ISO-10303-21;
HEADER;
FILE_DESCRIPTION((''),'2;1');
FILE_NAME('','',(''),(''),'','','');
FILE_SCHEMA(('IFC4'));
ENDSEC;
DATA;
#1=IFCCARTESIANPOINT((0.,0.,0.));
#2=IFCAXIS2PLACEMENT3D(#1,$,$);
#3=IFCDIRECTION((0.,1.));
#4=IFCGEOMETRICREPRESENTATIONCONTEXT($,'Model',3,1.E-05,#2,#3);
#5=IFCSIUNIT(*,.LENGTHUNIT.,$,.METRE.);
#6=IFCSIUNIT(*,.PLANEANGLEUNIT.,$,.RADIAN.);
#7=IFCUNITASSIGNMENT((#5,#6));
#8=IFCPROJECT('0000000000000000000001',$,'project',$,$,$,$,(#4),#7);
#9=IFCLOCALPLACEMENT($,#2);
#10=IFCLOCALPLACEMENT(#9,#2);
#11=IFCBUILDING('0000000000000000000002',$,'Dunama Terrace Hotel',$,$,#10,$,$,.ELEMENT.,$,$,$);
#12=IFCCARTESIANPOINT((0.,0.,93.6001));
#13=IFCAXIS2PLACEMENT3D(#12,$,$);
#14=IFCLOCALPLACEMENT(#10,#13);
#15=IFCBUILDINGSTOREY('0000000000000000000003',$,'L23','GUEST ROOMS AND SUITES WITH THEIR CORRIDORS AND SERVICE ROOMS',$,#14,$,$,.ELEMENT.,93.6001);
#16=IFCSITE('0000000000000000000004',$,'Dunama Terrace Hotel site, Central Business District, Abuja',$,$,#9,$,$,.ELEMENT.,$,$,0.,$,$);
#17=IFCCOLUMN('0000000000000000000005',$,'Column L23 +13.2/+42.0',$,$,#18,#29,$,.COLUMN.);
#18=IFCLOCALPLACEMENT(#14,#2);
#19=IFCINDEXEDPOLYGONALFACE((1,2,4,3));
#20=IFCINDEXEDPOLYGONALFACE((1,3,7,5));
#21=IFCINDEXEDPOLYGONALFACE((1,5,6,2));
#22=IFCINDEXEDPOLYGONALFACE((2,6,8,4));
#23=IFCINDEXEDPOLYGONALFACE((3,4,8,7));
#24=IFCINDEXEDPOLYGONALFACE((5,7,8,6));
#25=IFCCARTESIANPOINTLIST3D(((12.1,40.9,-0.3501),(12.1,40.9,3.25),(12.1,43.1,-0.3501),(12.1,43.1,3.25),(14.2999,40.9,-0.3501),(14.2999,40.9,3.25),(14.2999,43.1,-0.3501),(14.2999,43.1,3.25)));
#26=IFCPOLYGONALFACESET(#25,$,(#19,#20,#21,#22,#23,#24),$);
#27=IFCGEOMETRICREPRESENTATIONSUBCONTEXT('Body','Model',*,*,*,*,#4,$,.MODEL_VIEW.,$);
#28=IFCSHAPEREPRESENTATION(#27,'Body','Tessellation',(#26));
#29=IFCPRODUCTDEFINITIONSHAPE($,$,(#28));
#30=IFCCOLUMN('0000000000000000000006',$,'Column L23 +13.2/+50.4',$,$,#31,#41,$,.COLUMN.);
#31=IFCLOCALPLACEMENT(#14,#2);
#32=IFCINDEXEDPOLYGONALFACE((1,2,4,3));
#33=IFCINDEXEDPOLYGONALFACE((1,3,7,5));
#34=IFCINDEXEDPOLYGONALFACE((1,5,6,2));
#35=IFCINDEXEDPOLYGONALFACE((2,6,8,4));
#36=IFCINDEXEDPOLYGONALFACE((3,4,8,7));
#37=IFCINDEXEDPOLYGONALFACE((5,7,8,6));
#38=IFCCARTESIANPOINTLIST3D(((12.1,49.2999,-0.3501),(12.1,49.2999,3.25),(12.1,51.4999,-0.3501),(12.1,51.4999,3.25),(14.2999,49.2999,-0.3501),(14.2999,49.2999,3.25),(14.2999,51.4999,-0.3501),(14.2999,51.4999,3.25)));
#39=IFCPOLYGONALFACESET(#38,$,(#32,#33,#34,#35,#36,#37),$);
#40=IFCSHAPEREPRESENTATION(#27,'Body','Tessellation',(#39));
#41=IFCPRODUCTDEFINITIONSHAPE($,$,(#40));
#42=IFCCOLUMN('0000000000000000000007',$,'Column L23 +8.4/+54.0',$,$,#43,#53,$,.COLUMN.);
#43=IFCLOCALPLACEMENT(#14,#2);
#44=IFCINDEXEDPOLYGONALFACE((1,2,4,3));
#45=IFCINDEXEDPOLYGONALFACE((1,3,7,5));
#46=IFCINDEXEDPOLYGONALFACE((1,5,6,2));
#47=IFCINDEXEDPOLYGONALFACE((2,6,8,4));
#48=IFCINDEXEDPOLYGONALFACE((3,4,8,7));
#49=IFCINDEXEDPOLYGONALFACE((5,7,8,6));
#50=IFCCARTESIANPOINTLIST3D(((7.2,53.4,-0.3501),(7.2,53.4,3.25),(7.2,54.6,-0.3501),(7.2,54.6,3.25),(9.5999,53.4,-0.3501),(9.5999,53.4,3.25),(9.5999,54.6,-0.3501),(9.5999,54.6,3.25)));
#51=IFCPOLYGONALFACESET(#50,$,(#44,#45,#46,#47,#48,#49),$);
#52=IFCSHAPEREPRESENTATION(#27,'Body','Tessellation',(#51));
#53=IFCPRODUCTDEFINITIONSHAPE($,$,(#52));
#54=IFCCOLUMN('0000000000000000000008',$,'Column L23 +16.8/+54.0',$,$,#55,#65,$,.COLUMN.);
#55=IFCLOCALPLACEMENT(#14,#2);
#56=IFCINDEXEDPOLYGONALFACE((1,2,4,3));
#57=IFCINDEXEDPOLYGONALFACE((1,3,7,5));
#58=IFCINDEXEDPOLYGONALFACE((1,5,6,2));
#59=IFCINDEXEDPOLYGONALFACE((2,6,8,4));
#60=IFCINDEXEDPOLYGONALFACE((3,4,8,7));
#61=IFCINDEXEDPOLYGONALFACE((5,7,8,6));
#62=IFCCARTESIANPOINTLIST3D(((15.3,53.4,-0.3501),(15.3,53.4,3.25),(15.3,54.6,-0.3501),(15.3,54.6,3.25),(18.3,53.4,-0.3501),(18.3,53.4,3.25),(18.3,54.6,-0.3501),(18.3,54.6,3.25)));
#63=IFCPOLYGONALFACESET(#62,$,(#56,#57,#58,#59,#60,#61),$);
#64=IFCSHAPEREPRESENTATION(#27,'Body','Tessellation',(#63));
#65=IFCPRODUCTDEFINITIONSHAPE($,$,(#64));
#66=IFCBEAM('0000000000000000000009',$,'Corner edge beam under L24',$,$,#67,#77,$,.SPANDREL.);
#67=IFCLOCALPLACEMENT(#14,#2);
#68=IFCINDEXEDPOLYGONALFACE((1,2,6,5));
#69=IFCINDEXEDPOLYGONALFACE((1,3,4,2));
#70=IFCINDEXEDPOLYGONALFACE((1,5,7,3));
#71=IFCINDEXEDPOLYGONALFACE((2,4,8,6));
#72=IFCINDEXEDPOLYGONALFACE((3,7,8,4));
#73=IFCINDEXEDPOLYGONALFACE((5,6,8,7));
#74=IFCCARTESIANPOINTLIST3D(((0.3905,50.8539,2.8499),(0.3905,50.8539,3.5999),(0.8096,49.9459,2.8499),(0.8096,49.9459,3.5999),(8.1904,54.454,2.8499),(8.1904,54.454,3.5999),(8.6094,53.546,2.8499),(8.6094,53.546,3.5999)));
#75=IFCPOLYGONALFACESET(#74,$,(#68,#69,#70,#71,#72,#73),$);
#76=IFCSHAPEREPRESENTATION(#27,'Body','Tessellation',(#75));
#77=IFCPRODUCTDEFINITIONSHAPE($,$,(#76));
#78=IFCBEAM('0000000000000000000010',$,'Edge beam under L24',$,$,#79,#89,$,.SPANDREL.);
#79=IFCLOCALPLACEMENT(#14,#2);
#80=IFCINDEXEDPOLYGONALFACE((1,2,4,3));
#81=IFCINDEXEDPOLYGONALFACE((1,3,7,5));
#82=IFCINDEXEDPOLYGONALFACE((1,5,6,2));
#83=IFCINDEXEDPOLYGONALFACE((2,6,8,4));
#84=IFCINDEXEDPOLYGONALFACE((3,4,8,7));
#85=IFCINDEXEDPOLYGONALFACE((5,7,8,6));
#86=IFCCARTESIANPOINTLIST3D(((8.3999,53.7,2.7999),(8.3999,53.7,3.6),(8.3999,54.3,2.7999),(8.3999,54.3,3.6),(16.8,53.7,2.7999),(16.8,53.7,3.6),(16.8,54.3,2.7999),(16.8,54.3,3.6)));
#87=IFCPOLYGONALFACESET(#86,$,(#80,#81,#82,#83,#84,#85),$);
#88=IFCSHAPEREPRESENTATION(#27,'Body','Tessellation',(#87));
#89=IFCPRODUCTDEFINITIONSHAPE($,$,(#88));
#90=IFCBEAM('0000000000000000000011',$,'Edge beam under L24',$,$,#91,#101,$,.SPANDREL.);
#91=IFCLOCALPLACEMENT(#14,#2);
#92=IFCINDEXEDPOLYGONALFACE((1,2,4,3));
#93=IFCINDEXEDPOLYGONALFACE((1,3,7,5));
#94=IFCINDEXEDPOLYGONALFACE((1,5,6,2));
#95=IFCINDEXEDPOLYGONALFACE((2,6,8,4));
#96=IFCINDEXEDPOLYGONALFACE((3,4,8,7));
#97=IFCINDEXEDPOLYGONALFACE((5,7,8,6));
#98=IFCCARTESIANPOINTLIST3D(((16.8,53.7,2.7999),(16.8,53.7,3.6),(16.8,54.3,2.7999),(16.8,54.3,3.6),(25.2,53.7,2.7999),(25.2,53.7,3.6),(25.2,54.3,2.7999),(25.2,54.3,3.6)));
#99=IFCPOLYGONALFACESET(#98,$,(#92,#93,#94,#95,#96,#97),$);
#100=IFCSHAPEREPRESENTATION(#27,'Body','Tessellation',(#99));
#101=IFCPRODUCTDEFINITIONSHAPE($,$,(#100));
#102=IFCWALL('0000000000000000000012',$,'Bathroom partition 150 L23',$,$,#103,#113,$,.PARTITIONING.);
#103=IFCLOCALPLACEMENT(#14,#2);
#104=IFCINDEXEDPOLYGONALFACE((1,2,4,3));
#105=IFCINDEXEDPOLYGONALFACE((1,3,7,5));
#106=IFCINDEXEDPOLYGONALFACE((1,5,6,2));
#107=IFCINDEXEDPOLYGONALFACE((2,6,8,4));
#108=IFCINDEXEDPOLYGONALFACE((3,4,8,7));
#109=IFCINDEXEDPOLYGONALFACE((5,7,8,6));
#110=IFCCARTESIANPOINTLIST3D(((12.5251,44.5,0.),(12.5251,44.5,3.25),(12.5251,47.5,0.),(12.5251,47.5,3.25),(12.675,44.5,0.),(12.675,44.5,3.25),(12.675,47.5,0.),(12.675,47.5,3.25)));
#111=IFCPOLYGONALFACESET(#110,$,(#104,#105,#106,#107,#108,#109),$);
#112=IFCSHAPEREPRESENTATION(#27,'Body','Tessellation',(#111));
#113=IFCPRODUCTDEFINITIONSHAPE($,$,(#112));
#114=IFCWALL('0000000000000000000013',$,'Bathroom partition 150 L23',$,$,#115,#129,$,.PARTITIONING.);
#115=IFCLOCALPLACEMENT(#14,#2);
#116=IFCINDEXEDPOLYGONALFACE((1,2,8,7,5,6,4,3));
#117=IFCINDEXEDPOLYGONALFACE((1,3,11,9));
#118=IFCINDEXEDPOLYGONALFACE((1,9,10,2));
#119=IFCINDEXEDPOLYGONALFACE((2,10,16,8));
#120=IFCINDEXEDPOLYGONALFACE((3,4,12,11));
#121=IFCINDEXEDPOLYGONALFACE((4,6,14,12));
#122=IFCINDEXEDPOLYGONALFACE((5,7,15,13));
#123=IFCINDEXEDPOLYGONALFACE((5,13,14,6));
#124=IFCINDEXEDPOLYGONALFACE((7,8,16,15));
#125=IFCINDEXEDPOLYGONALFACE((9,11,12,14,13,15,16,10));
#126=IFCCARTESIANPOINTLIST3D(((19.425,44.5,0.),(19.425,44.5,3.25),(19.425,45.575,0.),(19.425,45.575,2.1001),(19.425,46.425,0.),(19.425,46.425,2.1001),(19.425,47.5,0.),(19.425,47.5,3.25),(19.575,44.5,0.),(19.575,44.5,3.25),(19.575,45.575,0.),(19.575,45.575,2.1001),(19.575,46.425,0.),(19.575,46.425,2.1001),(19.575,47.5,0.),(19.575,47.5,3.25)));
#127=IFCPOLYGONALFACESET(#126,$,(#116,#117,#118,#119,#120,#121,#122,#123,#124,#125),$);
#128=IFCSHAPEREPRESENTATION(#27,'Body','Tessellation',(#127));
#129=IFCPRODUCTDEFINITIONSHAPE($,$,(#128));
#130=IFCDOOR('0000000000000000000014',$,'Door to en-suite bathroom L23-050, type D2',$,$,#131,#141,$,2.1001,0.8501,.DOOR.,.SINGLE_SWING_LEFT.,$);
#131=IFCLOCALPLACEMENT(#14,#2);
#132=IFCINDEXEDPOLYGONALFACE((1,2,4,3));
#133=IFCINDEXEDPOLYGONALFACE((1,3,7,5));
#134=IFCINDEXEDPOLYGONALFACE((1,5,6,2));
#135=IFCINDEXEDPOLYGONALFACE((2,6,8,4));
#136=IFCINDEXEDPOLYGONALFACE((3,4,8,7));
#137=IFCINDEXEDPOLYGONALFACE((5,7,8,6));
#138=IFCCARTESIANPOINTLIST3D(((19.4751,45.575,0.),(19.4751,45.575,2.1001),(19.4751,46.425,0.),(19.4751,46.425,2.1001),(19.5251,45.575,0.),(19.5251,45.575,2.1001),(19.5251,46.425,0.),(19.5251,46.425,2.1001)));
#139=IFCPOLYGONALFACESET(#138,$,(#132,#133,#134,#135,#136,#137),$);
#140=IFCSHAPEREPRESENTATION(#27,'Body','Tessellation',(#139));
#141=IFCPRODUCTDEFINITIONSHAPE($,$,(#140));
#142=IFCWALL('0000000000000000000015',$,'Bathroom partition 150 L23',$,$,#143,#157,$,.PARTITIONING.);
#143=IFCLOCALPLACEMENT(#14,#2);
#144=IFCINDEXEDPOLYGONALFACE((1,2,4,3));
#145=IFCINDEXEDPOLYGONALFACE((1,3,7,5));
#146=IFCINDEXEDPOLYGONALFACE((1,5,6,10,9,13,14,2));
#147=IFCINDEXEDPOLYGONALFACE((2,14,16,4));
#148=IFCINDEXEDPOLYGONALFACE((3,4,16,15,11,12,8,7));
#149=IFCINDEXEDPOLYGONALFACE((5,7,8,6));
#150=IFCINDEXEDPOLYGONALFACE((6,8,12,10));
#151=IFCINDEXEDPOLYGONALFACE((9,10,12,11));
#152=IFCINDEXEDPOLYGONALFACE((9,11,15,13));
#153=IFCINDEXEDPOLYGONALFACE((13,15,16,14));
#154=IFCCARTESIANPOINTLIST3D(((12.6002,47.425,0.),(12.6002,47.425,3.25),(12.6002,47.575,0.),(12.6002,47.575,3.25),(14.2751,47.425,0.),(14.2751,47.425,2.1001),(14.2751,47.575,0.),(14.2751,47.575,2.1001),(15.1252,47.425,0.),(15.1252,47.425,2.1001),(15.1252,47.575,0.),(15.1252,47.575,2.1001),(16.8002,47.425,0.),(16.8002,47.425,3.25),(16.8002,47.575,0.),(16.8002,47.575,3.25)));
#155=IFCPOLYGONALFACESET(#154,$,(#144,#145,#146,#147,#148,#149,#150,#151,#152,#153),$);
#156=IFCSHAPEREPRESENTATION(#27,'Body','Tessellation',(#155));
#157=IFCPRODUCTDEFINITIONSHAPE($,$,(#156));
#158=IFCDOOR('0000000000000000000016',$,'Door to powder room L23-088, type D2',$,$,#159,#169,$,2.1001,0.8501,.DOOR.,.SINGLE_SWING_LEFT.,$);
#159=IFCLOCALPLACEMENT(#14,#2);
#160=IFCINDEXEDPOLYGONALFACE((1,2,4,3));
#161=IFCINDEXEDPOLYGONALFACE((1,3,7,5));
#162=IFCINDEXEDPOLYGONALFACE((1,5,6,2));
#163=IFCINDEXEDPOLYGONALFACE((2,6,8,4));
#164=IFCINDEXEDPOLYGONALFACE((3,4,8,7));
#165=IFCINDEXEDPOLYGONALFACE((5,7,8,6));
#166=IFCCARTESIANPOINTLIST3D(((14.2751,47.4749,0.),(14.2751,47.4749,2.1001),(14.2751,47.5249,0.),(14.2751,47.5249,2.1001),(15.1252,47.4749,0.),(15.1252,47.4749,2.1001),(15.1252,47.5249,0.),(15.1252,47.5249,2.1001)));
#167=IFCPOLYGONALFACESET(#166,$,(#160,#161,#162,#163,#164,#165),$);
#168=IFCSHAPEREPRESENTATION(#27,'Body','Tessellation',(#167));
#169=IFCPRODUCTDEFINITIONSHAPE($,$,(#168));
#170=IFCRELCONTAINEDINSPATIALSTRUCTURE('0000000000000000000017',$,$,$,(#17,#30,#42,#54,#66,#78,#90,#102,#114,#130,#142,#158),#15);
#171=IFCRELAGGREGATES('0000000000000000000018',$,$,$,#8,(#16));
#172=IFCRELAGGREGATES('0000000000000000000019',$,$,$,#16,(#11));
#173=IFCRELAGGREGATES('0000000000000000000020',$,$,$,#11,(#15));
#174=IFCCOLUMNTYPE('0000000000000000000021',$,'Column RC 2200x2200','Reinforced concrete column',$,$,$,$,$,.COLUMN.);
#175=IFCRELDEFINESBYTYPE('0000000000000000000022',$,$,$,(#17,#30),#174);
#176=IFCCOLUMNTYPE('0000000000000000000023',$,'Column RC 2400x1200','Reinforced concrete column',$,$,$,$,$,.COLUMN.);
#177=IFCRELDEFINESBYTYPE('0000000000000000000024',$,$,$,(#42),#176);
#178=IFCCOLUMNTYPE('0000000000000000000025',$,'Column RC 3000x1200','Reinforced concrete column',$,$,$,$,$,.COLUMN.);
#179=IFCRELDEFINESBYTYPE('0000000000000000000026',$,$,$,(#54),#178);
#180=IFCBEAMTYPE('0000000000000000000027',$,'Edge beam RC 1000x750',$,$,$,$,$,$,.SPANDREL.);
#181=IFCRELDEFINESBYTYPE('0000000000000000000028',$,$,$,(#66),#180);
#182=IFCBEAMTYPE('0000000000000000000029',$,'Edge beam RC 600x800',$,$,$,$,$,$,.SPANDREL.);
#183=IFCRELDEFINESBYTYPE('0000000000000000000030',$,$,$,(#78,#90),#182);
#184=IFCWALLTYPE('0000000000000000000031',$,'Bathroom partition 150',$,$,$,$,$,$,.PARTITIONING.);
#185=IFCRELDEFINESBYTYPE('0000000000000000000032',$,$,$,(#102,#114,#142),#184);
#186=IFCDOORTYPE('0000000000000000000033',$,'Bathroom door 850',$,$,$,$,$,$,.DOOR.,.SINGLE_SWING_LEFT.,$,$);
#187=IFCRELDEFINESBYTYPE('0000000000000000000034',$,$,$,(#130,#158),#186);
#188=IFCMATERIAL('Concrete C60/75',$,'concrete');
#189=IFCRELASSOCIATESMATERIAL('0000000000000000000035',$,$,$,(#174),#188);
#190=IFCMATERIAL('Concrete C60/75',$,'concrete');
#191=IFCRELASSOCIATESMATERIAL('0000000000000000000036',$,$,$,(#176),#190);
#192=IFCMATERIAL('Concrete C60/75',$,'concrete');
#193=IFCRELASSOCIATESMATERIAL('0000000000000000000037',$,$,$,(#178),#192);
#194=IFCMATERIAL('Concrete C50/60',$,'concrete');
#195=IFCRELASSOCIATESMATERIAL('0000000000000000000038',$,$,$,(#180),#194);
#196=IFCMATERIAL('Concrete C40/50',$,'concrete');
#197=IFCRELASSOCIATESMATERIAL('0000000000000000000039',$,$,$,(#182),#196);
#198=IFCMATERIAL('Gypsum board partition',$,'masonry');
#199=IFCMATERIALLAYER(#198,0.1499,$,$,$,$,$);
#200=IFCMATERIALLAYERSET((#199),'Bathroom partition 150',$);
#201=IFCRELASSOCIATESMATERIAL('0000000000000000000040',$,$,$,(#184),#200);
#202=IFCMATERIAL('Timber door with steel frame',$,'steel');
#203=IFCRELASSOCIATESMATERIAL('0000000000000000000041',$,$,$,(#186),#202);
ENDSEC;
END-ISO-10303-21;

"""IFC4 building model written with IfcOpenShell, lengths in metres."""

from ifc_helpers import new_model, si_unit, direction, frame, frame_2d, origin, origin_2d, place, context, subcontext, project, spatial, rectangle, extrude, material, layer, layer_set, material_profile, profile_set, type_object, element, fill, save


model = new_model("IFC4")

# Units and contexts
model_context = context("Model", 3, precision=1e-05, world=origin(), true_north=direction((0.0, 1.0)))
body_context = subcontext(model_context, "Body", "Model", "MODEL_VIEW")
ifc_project = project(units=[si_unit("LENGTHUNIT", "METRE"), si_unit("PLANEANGLEUNIT", "RADIAN")], contexts=[model_context])

# Site, building, storey
site_placement = place(None, origin())
site = spatial("IfcSite", under=ifc_project, at=site_placement, Name="Dunama Terrace Hotel site, Central Business District, Abuja", CompositionType="ELEMENT", RefElevation=0.0)
building_placement = place(site_placement, origin())
building = spatial("IfcBuilding", under=site, at=building_placement, Name="Dunama Terrace Hotel", CompositionType="ELEMENT")
storey_placement = place(building_placement, frame((0.0, 0.0, 93.6001)))
storey = spatial("IfcBuildingStorey", under=building, at=storey_placement, Name="L23", Description="GUEST ROOMS AND SUITES WITH THEIR CORRIDORS AND SERVICE ROOMS", CompositionType="ELEMENT", Elevation=93.6001)

# Columns
ifc_material_1 = material(Name="Concrete C60/75", Category="concrete")
ifc_material_profile_1 = material_profile(ifc_material_1, rectangle(XDim=2.2, YDim=2.2, at=origin_2d()), Name="RC 2200x2200")
ifc_profile_set_1 = profile_set([ifc_material_profile_1], Name="Concrete C60/75")
column_type_1 = type_object("IfcColumnType", Name="Column RC 2200x2200", Description="Reinforced concrete column", PredefinedType="COLUMN", material=ifc_profile_set_1)
for number, where, z_axis, x_axis, name in (
    (1, (13.2, 42.0, -0.3501), (0.0, 0.0, 1.0), (1.0, 0.0, 0.0), "Column L23 +13.2/+42.0"),
    (2, (13.2, 50.3999, -0.3501), (0.0, 0.0, 1.0), (1.0, 0.0, 0.0), "Column L23 +13.2/+50.4"),
):
    element("IfcColumn", number, at=place(storey_placement, frame(where, z_axis=z_axis, x_axis=x_axis)), inside=storey, type_object=column_type_1, Name=name, PredefinedType="COLUMN", context=body_context, shape_type="SweptSolid", body=[
        extrude(rectangle(XDim=2.2, YDim=2.2, at=origin_2d()), origin(), (0.0, 0.0, 1.0), 3.6001),
    ])
ifc_material_2 = material(Name="Concrete C60/75", Category="concrete")
ifc_material_profile_2 = material_profile(ifc_material_2, rectangle(XDim=2.3999, YDim=1.2, at=origin_2d()), Name="RC 2400x1200")
ifc_profile_set_2 = profile_set([ifc_material_profile_2], Name="Concrete C60/75")
column_type_2 = type_object("IfcColumnType", Name="Column RC 2400x1200", Description="Reinforced concrete column", PredefinedType="COLUMN", material=ifc_profile_set_2)
column_1_placement = place(storey_placement, frame((8.3999, 54.0, -0.3501), z_axis=(0.0, 0.0, 1.0), x_axis=(1.0, 0.0, 0.0)))
element("IfcColumn", 3, at=column_1_placement, inside=storey, type_object=column_type_2, Name="Column L23 +8.4/+54.0", PredefinedType="COLUMN", context=body_context, shape_type="SweptSolid", body=[
    extrude(rectangle(XDim=2.3999, YDim=1.2, at=origin_2d()), origin(), (0.0, 0.0, 1.0), 3.6001),
])
ifc_material_3 = material(Name="Concrete C60/75", Category="concrete")
ifc_material_profile_3 = material_profile(ifc_material_3, rectangle(XDim=3.0, YDim=1.2, at=origin_2d()), Name="RC 3000x1200")
ifc_profile_set_3 = profile_set([ifc_material_profile_3], Name="Concrete C60/75")
column_type_3 = type_object("IfcColumnType", Name="Column RC 3000x1200", Description="Reinforced concrete column", PredefinedType="COLUMN", material=ifc_profile_set_3)
column_2_placement = place(storey_placement, frame((16.8, 54.0, -0.3501), z_axis=(0.0, 0.0, 1.0), x_axis=(1.0, 0.0, 0.0)))
element("IfcColumn", 4, at=column_2_placement, inside=storey, type_object=column_type_3, Name="Column L23 +16.8/+54.0", PredefinedType="COLUMN", context=body_context, shape_type="SweptSolid", body=[
    extrude(rectangle(XDim=3.0, YDim=1.2, at=origin_2d()), origin(), (0.0, 0.0, 1.0), 3.6001),
])

# Beams
ifc_material_4 = material(Name="Concrete C50/60", Category="concrete")
ifc_material_profile_4 = material_profile(ifc_material_4, rectangle(XDim=1.0, YDim=0.75, at=origin_2d()), Name="RC 1000x750")
ifc_profile_set_4 = profile_set([ifc_material_profile_4], Name="Concrete C50/60")
beam_type_1 = type_object("IfcBeamType", Name="Edge beam RC 1000x750", PredefinedType="SPANDREL", material=ifc_profile_set_4)
beam_1_placement = place(storey_placement, frame((8.3999, 54.0, 3.2249), z_axis=(-0.907951, -0.419076, 0.0), x_axis=(0.419076, -0.907951, 0.0)))
element("IfcBeam", 5, at=beam_1_placement, inside=storey, type_object=beam_type_1, Name="Corner edge beam under L24", PredefinedType="SPANDREL", context=body_context, shape_type="SweptSolid", body=[
    extrude(rectangle(XDim=1.0, YDim=0.75, at=origin_2d()), origin(), (0.0, 0.0, 1.0), 8.5906),
])
ifc_material_5 = material(Name="Concrete C40/50", Category="concrete")
ifc_material_profile_5 = material_profile(ifc_material_5, rectangle(XDim=0.6001, YDim=0.8, at=origin_2d()), Name="RC 600x800")
ifc_profile_set_5 = profile_set([ifc_material_profile_5], Name="Concrete C40/50")
beam_type_2 = type_object("IfcBeamType", Name="Edge beam RC 600x800", PredefinedType="SPANDREL", material=ifc_profile_set_5)
beam_2_placement = place(storey_placement, frame((8.3999, 54.0, 3.2), z_axis=(1.0, 0.0, 0.0), x_axis=(0.0, 1.0, 0.0)))
element("IfcBeam", 6, at=beam_2_placement, inside=storey, type_object=beam_type_2, Name="Edge beam under L24", PredefinedType="SPANDREL", context=body_context, shape_type="SweptSolid", body=[
    extrude(rectangle(XDim=0.6001, YDim=0.8, at=origin_2d()), origin(), (0.0, 0.0, 1.0), 8.4001),
])
beam_3_placement = place(storey_placement, frame((16.8, 54.0, 3.2), z_axis=(1.0, 0.0, 0.0), x_axis=(0.0, 1.0, 0.0)))
element("IfcBeam", 7, at=beam_3_placement, inside=storey, type_object=beam_type_2, Name="Edge beam under L24", PredefinedType="SPANDREL", context=body_context, shape_type="SweptSolid", body=[
    extrude(rectangle(XDim=0.6001, YDim=0.8, at=origin_2d()), origin(), (0.0, 0.0, 1.0), 8.3999),
])

# Wall
ifc_material_6 = material(Name="Gypsum board partition", Category="masonry")
ifc_layer_1 = layer(ifc_material_6, 0.1499)
ifc_layer_set_1 = layer_set([ifc_layer_1], Name="Bathroom partition 150")
wall_type_1 = type_object("IfcWallType", Name="Bathroom partition 150", PredefinedType="PARTITIONING", material=ifc_layer_set_1)
wall_1_placement = place(storey_placement, frame((12.6001, 44.5, 0.0), z_axis=(0.0, 0.0, 1.0), x_axis=(0.0, 1.0, 0.0)))
element("IfcWall", 8, at=wall_1_placement, inside=storey, type_object=wall_type_1, Name="Bathroom partition 150 L23", PredefinedType="PARTITIONING", context=body_context, shape_type="SweptSolid", body=[
    extrude(rectangle(XDim=3.0, YDim=0.1499, at=frame_2d((1.5, 0.0))), origin(), (0.0, 0.0, 1.0), 3.25),
])

# Walls, openings, doors
wall_2_placement = place(storey_placement, frame((19.5, 44.5, 0.0), z_axis=(0.0, 0.0, 1.0), x_axis=(0.0, 1.0, 0.0)))
wall_2 = element("IfcWall", 9, at=wall_2_placement, inside=storey, type_object=wall_type_1, Name="Bathroom partition 150 L23", PredefinedType="PARTITIONING", context=body_context, shape_type="SweptSolid", body=[
    extrude(rectangle(XDim=3.0, YDim=0.1499, at=frame_2d((1.5, 0.0))), origin(), (0.0, 0.0, 1.0), 3.25),
])
opening_1_placement = place(wall_2_placement, frame((1.075, 0.0, 0.0)))
opening_1 = element("IfcOpeningElement", 10, at=opening_1_placement, cuts=wall_2, PredefinedType="OPENING", context=body_context, shape_type="SweptSolid", body=[
    extrude(rectangle(XDim=0.8501, YDim=2.1001, at=frame_2d((0.425, 1.05))), frame((0.0, 0.085, 0.0), z_axis=(0.0, -1.0, 0.0), x_axis=(1.0, 0.0, 0.0)), (0.0, 0.0, 1.0), 0.1699),
])
ifc_material_7 = material(Name="Timber door with steel frame", Category="steel")
door_type_1 = type_object("IfcDoorType", Name="Bathroom door 850", OperationType="SINGLE_SWING_LEFT", PredefinedType="DOOR", material=ifc_material_7)
door_1_placement = place(opening_1_placement, origin())
door_1 = element("IfcDoor", 11, at=door_1_placement, inside=storey, type_object=door_type_1, Name="Door to en-suite bathroom L23-050, type D2", OperationType="SINGLE_SWING_LEFT", OverallHeight=2.1001, OverallWidth=0.8501, PredefinedType="DOOR", context=body_context, shape_type="SweptSolid", body=[
    extrude(rectangle(XDim=0.8501, YDim=2.1001, at=frame_2d((0.425, 1.05))), frame((0.0, 0.0249, 0.0), z_axis=(0.0, -1.0, 0.0), x_axis=(1.0, 0.0, 0.0)), (0.0, 0.0, 1.0), 0.05),
])
fill(opening_1, door_1)
wall_3_placement = place(storey_placement, frame((12.6001, 47.5, 0.0), z_axis=(0.0, 0.0, 1.0), x_axis=(1.0, 0.0, 0.0)))
wall_3 = element("IfcWall", 12, at=wall_3_placement, inside=storey, type_object=wall_type_1, Name="Bathroom partition 150 L23", PredefinedType="PARTITIONING", context=body_context, shape_type="SweptSolid", body=[
    extrude(rectangle(XDim=4.2, YDim=0.1499, at=frame_2d((2.1001, 0.0))), origin(), (0.0, 0.0, 1.0), 3.25),
])
opening_2_placement = place(wall_3_placement, frame((1.675, 0.0, 0.0)))
opening_2 = element("IfcOpeningElement", 13, at=opening_2_placement, cuts=wall_3, PredefinedType="OPENING", context=body_context, shape_type="SweptSolid", body=[
    extrude(rectangle(XDim=0.8501, YDim=2.1001, at=frame_2d((0.425, 1.05))), frame((0.0, 0.085, 0.0), z_axis=(0.0, -1.0, 0.0), x_axis=(1.0, 0.0, 0.0)), (0.0, 0.0, 1.0), 0.1699),
])
door_2_placement = place(opening_2_placement, frame((0.8501, 0.0, 0.0), z_axis=(0.0, 0.0, 1.0), x_axis=(-1.0, 0.0, 0.0)))
door_2 = element("IfcDoor", 14, at=door_2_placement, inside=storey, type_object=door_type_1, Name="Door to powder room L23-088, type D2", OperationType="SINGLE_SWING_LEFT", OverallHeight=2.1001, OverallWidth=0.8501, PredefinedType="DOOR", context=body_context, shape_type="SweptSolid", body=[
    extrude(rectangle(XDim=0.8501, YDim=2.1001, at=frame_2d((0.425, 1.05))), frame((0.0, 0.0251, 0.0), z_axis=(0.0, -1.0, 0.0), x_axis=(1.0, 0.0, 0.0)), (0.0, 0.0, 1.0), 0.05),
])
fill(opening_2, door_2)

save(model, "model.ifc")
